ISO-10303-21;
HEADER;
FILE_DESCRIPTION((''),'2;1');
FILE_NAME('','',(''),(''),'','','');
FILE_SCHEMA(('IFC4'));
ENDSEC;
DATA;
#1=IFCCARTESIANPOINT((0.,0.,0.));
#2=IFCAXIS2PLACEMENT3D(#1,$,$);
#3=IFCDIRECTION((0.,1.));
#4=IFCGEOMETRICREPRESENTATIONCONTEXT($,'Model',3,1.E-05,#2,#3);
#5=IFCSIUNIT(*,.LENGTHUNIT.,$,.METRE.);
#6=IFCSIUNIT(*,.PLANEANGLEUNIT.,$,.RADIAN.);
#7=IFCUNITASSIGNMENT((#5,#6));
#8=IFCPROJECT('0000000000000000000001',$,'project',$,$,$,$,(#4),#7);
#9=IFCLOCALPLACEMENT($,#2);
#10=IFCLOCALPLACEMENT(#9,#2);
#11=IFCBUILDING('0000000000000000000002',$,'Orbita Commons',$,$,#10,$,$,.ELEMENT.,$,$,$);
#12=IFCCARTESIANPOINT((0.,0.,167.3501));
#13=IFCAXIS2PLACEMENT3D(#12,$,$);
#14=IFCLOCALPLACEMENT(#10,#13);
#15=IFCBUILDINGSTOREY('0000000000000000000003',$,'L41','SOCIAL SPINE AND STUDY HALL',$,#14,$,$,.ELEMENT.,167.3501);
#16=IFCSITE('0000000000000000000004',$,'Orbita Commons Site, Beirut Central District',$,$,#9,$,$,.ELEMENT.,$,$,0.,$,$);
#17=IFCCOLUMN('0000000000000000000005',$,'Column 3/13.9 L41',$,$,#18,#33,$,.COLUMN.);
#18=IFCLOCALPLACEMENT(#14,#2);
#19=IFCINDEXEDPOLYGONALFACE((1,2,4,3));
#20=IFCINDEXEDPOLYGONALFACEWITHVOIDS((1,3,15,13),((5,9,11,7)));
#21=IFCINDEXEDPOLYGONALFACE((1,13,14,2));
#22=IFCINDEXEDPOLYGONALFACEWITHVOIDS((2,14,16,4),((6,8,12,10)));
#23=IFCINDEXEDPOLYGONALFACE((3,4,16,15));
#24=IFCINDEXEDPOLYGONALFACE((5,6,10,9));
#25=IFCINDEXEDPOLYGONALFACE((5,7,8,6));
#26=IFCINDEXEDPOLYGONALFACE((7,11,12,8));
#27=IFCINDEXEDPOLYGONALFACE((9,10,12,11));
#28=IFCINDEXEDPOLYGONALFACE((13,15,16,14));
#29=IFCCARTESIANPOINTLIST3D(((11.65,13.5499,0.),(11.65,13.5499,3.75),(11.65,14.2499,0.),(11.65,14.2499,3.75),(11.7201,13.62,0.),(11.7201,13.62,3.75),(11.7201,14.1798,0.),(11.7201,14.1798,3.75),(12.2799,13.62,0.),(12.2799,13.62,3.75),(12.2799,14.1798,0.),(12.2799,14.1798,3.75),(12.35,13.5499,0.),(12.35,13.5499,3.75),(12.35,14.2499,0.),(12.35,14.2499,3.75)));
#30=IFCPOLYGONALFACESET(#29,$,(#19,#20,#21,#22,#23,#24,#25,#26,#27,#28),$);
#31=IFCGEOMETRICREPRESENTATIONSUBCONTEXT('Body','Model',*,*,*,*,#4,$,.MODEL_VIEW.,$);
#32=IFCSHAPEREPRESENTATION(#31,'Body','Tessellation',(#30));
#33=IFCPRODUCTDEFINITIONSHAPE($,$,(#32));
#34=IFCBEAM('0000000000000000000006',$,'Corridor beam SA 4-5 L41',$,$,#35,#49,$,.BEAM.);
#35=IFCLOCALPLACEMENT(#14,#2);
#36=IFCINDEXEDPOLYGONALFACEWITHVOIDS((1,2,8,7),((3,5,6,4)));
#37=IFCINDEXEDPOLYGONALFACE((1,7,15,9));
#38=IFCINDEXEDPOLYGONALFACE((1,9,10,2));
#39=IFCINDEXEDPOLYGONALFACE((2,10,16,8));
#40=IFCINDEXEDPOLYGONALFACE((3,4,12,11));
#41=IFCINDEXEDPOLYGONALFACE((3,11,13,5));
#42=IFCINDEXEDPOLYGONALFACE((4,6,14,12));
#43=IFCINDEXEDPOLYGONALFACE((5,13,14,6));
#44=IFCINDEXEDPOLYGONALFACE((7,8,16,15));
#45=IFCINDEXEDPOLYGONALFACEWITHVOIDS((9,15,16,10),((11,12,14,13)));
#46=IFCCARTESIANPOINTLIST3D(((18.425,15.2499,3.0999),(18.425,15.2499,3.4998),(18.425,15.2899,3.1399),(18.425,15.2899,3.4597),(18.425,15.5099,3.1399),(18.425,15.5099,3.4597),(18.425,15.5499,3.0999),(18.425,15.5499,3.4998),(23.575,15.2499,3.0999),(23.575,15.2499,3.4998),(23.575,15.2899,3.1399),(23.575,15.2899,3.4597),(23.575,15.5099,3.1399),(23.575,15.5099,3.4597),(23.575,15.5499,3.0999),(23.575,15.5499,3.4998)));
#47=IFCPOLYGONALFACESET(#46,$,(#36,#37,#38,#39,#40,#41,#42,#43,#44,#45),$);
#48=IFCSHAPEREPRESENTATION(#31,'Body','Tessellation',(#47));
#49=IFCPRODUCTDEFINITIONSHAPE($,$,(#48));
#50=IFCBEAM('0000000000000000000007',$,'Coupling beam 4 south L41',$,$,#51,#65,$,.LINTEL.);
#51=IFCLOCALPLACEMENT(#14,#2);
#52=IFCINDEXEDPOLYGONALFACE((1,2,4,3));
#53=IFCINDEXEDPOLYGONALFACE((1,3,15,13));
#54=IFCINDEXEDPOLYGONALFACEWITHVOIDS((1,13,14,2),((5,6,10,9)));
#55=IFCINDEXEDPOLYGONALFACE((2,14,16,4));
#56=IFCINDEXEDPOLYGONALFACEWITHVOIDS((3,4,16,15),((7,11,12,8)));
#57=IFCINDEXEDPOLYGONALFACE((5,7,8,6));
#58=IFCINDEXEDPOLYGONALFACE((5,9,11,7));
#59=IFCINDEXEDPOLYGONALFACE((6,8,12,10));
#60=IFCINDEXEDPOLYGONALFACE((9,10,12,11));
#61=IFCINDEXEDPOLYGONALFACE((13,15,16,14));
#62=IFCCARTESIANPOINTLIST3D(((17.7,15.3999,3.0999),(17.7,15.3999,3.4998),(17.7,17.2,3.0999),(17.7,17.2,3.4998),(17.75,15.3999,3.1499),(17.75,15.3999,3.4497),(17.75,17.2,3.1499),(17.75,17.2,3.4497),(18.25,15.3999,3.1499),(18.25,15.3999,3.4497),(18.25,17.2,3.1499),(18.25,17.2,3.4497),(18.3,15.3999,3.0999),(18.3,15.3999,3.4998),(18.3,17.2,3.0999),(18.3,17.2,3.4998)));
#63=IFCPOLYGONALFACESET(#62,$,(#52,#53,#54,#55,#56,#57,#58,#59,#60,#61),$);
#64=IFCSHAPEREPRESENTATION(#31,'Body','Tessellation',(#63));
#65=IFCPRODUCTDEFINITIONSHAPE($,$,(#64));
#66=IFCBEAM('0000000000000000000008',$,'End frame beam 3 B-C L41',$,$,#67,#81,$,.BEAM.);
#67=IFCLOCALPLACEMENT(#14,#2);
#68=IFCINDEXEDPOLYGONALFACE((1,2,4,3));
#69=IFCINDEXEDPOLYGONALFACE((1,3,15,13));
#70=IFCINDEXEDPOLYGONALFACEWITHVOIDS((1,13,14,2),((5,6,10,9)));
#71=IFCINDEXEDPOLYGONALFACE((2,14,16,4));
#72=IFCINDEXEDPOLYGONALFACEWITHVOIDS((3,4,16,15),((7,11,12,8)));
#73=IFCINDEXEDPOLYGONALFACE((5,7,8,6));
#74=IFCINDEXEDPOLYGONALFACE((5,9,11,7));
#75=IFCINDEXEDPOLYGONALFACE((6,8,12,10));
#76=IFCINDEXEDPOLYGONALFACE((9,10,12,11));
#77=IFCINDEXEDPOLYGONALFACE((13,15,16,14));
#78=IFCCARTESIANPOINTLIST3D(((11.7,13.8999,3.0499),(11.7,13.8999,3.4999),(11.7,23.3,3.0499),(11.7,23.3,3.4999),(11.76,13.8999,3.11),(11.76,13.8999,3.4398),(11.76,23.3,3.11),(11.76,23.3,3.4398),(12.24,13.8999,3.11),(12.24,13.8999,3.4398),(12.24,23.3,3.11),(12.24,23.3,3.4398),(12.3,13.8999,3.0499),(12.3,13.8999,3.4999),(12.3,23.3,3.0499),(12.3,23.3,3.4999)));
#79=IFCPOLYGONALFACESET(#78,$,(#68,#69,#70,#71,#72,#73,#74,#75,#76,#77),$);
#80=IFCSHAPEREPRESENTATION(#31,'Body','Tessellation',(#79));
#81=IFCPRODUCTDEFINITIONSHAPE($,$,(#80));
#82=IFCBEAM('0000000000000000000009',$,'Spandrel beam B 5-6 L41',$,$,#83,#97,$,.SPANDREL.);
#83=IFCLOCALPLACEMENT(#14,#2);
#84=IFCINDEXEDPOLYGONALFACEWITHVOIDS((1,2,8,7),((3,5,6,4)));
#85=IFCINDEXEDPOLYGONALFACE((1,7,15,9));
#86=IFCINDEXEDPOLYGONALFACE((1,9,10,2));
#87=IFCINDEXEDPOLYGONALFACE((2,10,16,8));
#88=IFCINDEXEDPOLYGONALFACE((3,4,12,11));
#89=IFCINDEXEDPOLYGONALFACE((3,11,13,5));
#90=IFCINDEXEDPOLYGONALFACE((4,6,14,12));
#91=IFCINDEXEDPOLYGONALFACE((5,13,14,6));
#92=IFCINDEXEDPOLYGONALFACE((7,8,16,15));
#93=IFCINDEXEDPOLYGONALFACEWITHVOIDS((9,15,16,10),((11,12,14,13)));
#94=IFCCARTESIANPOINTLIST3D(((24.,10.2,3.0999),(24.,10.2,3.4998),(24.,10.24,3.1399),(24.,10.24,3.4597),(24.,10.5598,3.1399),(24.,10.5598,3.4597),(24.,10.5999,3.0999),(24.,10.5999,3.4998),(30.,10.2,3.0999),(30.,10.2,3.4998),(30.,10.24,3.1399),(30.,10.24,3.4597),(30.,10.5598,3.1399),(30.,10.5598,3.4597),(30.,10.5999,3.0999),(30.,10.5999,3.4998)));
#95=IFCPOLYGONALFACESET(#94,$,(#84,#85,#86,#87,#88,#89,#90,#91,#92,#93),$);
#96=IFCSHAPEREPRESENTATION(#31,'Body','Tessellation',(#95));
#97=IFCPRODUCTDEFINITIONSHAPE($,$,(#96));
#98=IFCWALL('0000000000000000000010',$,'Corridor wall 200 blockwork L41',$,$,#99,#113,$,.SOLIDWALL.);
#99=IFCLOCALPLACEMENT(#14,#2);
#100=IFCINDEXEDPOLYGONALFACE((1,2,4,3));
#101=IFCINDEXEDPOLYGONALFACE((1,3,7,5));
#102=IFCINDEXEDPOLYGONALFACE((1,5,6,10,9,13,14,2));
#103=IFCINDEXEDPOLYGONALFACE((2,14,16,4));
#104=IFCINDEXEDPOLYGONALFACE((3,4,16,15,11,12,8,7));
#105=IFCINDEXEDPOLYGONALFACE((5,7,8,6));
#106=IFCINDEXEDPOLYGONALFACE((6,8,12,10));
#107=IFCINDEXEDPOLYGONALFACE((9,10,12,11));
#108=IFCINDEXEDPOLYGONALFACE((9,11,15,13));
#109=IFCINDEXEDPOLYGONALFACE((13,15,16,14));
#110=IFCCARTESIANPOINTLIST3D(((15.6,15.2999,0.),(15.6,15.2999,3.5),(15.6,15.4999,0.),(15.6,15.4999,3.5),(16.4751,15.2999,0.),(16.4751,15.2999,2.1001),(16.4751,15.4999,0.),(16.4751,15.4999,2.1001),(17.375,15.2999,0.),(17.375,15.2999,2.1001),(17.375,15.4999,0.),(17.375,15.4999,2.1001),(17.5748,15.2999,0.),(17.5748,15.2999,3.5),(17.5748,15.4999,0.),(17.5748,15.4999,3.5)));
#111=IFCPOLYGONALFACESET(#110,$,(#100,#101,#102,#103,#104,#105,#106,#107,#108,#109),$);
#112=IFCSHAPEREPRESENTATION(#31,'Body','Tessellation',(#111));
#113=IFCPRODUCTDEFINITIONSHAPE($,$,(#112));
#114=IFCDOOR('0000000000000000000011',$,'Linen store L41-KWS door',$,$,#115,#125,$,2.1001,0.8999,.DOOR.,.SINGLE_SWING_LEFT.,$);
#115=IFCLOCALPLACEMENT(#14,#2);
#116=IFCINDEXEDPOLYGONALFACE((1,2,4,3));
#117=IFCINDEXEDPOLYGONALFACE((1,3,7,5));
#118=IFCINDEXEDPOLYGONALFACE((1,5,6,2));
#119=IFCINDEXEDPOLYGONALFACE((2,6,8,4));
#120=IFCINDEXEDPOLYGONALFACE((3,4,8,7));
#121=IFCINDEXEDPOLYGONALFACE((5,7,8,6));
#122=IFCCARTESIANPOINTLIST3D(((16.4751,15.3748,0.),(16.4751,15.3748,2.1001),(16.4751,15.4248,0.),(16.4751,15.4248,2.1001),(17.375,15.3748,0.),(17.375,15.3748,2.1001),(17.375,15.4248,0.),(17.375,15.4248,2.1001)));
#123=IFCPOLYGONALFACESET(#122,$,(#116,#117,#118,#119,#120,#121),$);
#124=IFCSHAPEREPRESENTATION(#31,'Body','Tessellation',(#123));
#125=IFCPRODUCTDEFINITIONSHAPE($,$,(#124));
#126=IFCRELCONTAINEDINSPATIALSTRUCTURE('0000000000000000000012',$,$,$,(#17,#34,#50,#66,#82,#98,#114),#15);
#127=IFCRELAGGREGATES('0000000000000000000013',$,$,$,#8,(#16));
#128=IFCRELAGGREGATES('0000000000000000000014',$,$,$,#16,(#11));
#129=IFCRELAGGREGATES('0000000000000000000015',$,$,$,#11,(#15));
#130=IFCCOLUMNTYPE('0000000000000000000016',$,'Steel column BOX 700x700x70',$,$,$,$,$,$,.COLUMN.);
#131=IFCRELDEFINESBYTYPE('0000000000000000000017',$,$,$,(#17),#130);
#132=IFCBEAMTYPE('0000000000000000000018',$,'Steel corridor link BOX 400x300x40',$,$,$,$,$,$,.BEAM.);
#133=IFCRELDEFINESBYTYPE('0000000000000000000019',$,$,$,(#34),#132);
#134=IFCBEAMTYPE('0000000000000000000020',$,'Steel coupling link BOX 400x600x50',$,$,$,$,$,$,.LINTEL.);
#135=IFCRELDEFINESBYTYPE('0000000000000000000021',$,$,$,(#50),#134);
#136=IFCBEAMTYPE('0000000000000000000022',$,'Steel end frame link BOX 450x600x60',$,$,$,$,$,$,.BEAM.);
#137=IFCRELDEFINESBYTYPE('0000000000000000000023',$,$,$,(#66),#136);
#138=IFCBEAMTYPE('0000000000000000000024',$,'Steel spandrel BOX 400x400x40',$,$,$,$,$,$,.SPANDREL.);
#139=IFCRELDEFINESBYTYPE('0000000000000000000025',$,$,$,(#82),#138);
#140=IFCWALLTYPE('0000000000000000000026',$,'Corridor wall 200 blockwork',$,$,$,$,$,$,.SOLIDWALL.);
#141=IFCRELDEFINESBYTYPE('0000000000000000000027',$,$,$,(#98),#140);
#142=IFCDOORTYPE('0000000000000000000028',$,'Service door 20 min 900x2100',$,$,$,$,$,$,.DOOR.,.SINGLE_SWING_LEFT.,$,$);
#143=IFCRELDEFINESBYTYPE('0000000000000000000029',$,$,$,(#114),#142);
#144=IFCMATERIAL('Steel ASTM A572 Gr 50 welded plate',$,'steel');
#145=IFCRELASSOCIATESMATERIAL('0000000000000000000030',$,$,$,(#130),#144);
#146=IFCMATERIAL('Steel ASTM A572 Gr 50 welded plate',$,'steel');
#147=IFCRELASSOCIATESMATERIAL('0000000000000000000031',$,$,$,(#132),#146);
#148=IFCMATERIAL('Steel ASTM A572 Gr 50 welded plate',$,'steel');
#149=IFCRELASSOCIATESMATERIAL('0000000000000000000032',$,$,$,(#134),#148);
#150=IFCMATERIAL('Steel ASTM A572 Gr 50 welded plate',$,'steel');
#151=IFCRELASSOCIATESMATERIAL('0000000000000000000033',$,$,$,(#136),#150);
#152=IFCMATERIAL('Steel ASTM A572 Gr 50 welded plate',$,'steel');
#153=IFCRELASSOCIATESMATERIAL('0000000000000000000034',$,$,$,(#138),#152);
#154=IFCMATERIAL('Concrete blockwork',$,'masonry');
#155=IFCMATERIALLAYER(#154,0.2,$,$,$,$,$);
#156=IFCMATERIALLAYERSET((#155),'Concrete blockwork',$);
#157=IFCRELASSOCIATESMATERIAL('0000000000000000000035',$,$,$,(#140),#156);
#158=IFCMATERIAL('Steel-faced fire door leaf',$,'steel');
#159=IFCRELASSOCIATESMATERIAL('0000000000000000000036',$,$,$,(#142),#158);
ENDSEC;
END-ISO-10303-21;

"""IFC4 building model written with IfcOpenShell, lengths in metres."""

from ifc_helpers import new_model, si_unit, direction, frame, frame_2d, origin, origin_2d, place, context, subcontext, project, spatial, rectangle, hollow_rectangle, extrude, material, layer, layer_set, material_profile, profile_set, type_object, element, fill, save


model = new_model("IFC4")

# Units and contexts
model_context = context("Model", 3, precision=1e-05, world=origin(), true_north=direction((0.0, 1.0)))
body_context = subcontext(model_context, "Body", "Model", "MODEL_VIEW")
ifc_project = project(units=[si_unit("LENGTHUNIT", "METRE"), si_unit("PLANEANGLEUNIT", "RADIAN")], contexts=[model_context])

# Site, building, storey
site_placement = place(None, origin())
site = spatial("IfcSite", under=ifc_project, at=site_placement, Name="Orbita Commons Site, Beirut Central District", CompositionType="ELEMENT", RefElevation=0.0)
building_placement = place(site_placement, origin())
building = spatial("IfcBuilding", under=site, at=building_placement, Name="Orbita Commons", CompositionType="ELEMENT")
storey_placement = place(building_placement, frame((0.0, 0.0, 167.3501)))
storey = spatial("IfcBuildingStorey", under=building, at=storey_placement, Name="L41", Description="SOCIAL SPINE AND STUDY HALL", CompositionType="ELEMENT", Elevation=167.3501)

# Column
ifc_material_1 = material(Name="Steel ASTM A572 Gr 50 welded plate", Category="steel")
ifc_material_profile_1 = material_profile(ifc_material_1, hollow_rectangle(XDim=0.7, YDim=0.7, WallThickness=0.0701, at=origin_2d()), Name="BOX 700x700x70")
ifc_profile_set_1 = profile_set([ifc_material_profile_1], Name="Steel ASTM A572 Gr 50 welded plate")
column_type = type_object("IfcColumnType", Name="Steel column BOX 700x700x70", PredefinedType="COLUMN", material=ifc_profile_set_1)
column_placement = place(storey_placement, frame((12.0, 13.8999, 0.0), z_axis=(0.0, 0.0, 1.0), x_axis=(1.0, 0.0, 0.0)))
element("IfcColumn", 1, at=column_placement, inside=storey, type_object=column_type, Name="Column 3/13.9 L41", PredefinedType="COLUMN", context=body_context, shape_type="SweptSolid", body=[
    extrude(hollow_rectangle(XDim=0.7, YDim=0.7, WallThickness=0.0701, at=origin_2d()), origin(), (0.0, 0.0, 1.0), 3.75),
])

# Beams
ifc_material_2 = material(Name="Steel ASTM A572 Gr 50 welded plate", Category="steel")
ifc_material_profile_2 = material_profile(ifc_material_2, hollow_rectangle(XDim=0.3, YDim=0.3999, WallThickness=0.04, at=origin_2d()), Name="BOX 400x300x40")
ifc_profile_set_2 = profile_set([ifc_material_profile_2], Name="Steel ASTM A572 Gr 50 welded plate")
beam_type_1 = type_object("IfcBeamType", Name="Steel corridor link BOX 400x300x40", PredefinedType="BEAM", material=ifc_profile_set_2)
beam_1_placement = place(storey_placement, frame((18.425, 15.3999, 3.2998), z_axis=(1.0, 0.0, 0.0), x_axis=(0.0, 1.0, 0.0)))
element("IfcBeam", 2, at=beam_1_placement, inside=storey, type_object=beam_type_1, Name="Corridor beam SA 4-5 L41", PredefinedType="BEAM", context=body_context, shape_type="SweptSolid", body=[
    extrude(hollow_rectangle(XDim=0.3, YDim=0.3999, WallThickness=0.04, at=origin_2d()), origin(), (0.0, 0.0, 1.0), 5.1499),
])
ifc_material_3 = material(Name="Steel ASTM A572 Gr 50 welded plate", Category="steel")
ifc_material_profile_3 = material_profile(ifc_material_3, hollow_rectangle(XDim=0.6001, YDim=0.3999, WallThickness=0.05, at=origin_2d()), Name="BOX 400x600x50")
ifc_profile_set_3 = profile_set([ifc_material_profile_3], Name="Steel ASTM A572 Gr 50 welded plate")
beam_type_2 = type_object("IfcBeamType", Name="Steel coupling link BOX 400x600x50", PredefinedType="LINTEL", material=ifc_profile_set_3)
beam_2_placement = place(storey_placement, frame((18.0, 15.3999, 3.2998), z_axis=(0.0, 1.0, 0.0), x_axis=(-1.0, 0.0, 0.0)))
element("IfcBeam", 3, at=beam_2_placement, inside=storey, type_object=beam_type_2, Name="Coupling beam 4 south L41", PredefinedType="LINTEL", context=body_context, shape_type="SweptSolid", body=[
    extrude(hollow_rectangle(XDim=0.6001, YDim=0.3999, WallThickness=0.05, at=origin_2d()), origin(), (0.0, 0.0, 1.0), 1.8),
])
ifc_material_4 = material(Name="Steel ASTM A572 Gr 50 welded plate", Category="steel")
ifc_material_profile_4 = material_profile(ifc_material_4, hollow_rectangle(XDim=0.6001, YDim=0.45, WallThickness=0.0601, at=origin_2d()), Name="BOX 450x600x60")
ifc_profile_set_4 = profile_set([ifc_material_profile_4], Name="Steel ASTM A572 Gr 50 welded plate")
beam_type_3 = type_object("IfcBeamType", Name="Steel end frame link BOX 450x600x60", PredefinedType="BEAM", material=ifc_profile_set_4)
beam_3_placement = place(storey_placement, frame((12.0, 13.8999, 3.2749), z_axis=(0.0, 1.0, 0.0), x_axis=(-1.0, 0.0, 0.0)))
element("IfcBeam", 4, at=beam_3_placement, inside=storey, type_object=beam_type_3, Name="End frame beam 3 B-C L41", PredefinedType="BEAM", context=body_context, shape_type="SweptSolid", body=[
    extrude(hollow_rectangle(XDim=0.6001, YDim=0.45, WallThickness=0.0601, at=origin_2d()), origin(), (0.0, 0.0, 1.0), 9.4001),
])
ifc_material_5 = material(Name="Steel ASTM A572 Gr 50 welded plate", Category="steel")
ifc_material_profile_5 = material_profile(ifc_material_5, hollow_rectangle(XDim=0.3999, YDim=0.3999, WallThickness=0.04, at=origin_2d()), Name="BOX 400x400x40")
ifc_profile_set_5 = profile_set([ifc_material_profile_5], Name="Steel ASTM A572 Gr 50 welded plate")
beam_type_4 = type_object("IfcBeamType", Name="Steel spandrel BOX 400x400x40", PredefinedType="SPANDREL", material=ifc_profile_set_5)
beam_4_placement = place(storey_placement, frame((24.0, 10.3999, 3.2998), z_axis=(1.0, 0.0, 0.0), x_axis=(0.0, 1.0, 0.0)))
element("IfcBeam", 5, at=beam_4_placement, inside=storey, type_object=beam_type_4, Name="Spandrel beam B 5-6 L41", PredefinedType="SPANDREL", context=body_context, shape_type="SweptSolid", body=[
    extrude(hollow_rectangle(XDim=0.3999, YDim=0.3999, WallThickness=0.04, at=origin_2d()), origin(), (0.0, 0.0, 1.0), 6.0),
])

# Wall, opening, door
ifc_material_6 = material(Name="Concrete blockwork", Category="masonry")
ifc_layer_1 = layer(ifc_material_6, 0.2)
ifc_layer_set_1 = layer_set([ifc_layer_1], Name="Concrete blockwork")
wall_type_1 = type_object("IfcWallType", Name="Corridor wall 200 blockwork", PredefinedType="SOLIDWALL", material=ifc_layer_set_1)
wall_1_placement = place(storey_placement, frame((15.6001, 15.3999, 0.0), z_axis=(0.0, 0.0, 1.0), x_axis=(1.0, 0.0, 0.0)))
wall_1 = element("IfcWall", 6, at=wall_1_placement, inside=storey, type_object=wall_type_1, Name="Corridor wall 200 blockwork L41", PredefinedType="SOLIDWALL", context=body_context, shape_type="SweptSolid", body=[
    extrude(rectangle(XDim=1.9749, YDim=0.2, at=frame_2d((0.9873, 0.0))), origin(), (0.0, 0.0, 1.0), 3.5),
])
opening_1_placement = place(wall_1_placement, frame((0.875, 0.0, 0.0)))
opening_1 = element("IfcOpeningElement", 7, at=opening_1_placement, cuts=wall_1, PredefinedType="OPENING", context=body_context, shape_type="SweptSolid", body=[
    extrude(rectangle(XDim=0.8999, YDim=2.1001, at=frame_2d((0.45, 1.05))), frame((0.0, 0.1099, 0.0), z_axis=(0.0, -1.0, 0.0), x_axis=(1.0, 0.0, 0.0)), (0.0, 0.0, 1.0), 0.22),
])
ifc_material_7 = material(Name="Steel-faced fire door leaf", Category="steel")
door_type_1 = type_object("IfcDoorType", Name="Service door 20 min 900x2100", OperationType="SINGLE_SWING_LEFT", PredefinedType="DOOR", material=ifc_material_7)
door_1_placement = place(opening_1_placement, origin())
door_1 = element("IfcDoor", 8, at=door_1_placement, inside=storey, type_object=door_type_1, Name="Linen store L41-KWS door", OperationType="SINGLE_SWING_LEFT", OverallHeight=2.1001, OverallWidth=0.8999, PredefinedType="DOOR", context=body_context, shape_type="SweptSolid", body=[
    extrude(rectangle(XDim=0.8999, YDim=2.1001, at=frame_2d((0.45, 1.05))), frame((0.0, 0.0249, 0.0), z_axis=(0.0, -1.0, 0.0), x_axis=(1.0, 0.0, 0.0)), (0.0, 0.0, 1.0), 0.05),
])
fill(opening_1, door_1)

save(model, "model.ifc")
